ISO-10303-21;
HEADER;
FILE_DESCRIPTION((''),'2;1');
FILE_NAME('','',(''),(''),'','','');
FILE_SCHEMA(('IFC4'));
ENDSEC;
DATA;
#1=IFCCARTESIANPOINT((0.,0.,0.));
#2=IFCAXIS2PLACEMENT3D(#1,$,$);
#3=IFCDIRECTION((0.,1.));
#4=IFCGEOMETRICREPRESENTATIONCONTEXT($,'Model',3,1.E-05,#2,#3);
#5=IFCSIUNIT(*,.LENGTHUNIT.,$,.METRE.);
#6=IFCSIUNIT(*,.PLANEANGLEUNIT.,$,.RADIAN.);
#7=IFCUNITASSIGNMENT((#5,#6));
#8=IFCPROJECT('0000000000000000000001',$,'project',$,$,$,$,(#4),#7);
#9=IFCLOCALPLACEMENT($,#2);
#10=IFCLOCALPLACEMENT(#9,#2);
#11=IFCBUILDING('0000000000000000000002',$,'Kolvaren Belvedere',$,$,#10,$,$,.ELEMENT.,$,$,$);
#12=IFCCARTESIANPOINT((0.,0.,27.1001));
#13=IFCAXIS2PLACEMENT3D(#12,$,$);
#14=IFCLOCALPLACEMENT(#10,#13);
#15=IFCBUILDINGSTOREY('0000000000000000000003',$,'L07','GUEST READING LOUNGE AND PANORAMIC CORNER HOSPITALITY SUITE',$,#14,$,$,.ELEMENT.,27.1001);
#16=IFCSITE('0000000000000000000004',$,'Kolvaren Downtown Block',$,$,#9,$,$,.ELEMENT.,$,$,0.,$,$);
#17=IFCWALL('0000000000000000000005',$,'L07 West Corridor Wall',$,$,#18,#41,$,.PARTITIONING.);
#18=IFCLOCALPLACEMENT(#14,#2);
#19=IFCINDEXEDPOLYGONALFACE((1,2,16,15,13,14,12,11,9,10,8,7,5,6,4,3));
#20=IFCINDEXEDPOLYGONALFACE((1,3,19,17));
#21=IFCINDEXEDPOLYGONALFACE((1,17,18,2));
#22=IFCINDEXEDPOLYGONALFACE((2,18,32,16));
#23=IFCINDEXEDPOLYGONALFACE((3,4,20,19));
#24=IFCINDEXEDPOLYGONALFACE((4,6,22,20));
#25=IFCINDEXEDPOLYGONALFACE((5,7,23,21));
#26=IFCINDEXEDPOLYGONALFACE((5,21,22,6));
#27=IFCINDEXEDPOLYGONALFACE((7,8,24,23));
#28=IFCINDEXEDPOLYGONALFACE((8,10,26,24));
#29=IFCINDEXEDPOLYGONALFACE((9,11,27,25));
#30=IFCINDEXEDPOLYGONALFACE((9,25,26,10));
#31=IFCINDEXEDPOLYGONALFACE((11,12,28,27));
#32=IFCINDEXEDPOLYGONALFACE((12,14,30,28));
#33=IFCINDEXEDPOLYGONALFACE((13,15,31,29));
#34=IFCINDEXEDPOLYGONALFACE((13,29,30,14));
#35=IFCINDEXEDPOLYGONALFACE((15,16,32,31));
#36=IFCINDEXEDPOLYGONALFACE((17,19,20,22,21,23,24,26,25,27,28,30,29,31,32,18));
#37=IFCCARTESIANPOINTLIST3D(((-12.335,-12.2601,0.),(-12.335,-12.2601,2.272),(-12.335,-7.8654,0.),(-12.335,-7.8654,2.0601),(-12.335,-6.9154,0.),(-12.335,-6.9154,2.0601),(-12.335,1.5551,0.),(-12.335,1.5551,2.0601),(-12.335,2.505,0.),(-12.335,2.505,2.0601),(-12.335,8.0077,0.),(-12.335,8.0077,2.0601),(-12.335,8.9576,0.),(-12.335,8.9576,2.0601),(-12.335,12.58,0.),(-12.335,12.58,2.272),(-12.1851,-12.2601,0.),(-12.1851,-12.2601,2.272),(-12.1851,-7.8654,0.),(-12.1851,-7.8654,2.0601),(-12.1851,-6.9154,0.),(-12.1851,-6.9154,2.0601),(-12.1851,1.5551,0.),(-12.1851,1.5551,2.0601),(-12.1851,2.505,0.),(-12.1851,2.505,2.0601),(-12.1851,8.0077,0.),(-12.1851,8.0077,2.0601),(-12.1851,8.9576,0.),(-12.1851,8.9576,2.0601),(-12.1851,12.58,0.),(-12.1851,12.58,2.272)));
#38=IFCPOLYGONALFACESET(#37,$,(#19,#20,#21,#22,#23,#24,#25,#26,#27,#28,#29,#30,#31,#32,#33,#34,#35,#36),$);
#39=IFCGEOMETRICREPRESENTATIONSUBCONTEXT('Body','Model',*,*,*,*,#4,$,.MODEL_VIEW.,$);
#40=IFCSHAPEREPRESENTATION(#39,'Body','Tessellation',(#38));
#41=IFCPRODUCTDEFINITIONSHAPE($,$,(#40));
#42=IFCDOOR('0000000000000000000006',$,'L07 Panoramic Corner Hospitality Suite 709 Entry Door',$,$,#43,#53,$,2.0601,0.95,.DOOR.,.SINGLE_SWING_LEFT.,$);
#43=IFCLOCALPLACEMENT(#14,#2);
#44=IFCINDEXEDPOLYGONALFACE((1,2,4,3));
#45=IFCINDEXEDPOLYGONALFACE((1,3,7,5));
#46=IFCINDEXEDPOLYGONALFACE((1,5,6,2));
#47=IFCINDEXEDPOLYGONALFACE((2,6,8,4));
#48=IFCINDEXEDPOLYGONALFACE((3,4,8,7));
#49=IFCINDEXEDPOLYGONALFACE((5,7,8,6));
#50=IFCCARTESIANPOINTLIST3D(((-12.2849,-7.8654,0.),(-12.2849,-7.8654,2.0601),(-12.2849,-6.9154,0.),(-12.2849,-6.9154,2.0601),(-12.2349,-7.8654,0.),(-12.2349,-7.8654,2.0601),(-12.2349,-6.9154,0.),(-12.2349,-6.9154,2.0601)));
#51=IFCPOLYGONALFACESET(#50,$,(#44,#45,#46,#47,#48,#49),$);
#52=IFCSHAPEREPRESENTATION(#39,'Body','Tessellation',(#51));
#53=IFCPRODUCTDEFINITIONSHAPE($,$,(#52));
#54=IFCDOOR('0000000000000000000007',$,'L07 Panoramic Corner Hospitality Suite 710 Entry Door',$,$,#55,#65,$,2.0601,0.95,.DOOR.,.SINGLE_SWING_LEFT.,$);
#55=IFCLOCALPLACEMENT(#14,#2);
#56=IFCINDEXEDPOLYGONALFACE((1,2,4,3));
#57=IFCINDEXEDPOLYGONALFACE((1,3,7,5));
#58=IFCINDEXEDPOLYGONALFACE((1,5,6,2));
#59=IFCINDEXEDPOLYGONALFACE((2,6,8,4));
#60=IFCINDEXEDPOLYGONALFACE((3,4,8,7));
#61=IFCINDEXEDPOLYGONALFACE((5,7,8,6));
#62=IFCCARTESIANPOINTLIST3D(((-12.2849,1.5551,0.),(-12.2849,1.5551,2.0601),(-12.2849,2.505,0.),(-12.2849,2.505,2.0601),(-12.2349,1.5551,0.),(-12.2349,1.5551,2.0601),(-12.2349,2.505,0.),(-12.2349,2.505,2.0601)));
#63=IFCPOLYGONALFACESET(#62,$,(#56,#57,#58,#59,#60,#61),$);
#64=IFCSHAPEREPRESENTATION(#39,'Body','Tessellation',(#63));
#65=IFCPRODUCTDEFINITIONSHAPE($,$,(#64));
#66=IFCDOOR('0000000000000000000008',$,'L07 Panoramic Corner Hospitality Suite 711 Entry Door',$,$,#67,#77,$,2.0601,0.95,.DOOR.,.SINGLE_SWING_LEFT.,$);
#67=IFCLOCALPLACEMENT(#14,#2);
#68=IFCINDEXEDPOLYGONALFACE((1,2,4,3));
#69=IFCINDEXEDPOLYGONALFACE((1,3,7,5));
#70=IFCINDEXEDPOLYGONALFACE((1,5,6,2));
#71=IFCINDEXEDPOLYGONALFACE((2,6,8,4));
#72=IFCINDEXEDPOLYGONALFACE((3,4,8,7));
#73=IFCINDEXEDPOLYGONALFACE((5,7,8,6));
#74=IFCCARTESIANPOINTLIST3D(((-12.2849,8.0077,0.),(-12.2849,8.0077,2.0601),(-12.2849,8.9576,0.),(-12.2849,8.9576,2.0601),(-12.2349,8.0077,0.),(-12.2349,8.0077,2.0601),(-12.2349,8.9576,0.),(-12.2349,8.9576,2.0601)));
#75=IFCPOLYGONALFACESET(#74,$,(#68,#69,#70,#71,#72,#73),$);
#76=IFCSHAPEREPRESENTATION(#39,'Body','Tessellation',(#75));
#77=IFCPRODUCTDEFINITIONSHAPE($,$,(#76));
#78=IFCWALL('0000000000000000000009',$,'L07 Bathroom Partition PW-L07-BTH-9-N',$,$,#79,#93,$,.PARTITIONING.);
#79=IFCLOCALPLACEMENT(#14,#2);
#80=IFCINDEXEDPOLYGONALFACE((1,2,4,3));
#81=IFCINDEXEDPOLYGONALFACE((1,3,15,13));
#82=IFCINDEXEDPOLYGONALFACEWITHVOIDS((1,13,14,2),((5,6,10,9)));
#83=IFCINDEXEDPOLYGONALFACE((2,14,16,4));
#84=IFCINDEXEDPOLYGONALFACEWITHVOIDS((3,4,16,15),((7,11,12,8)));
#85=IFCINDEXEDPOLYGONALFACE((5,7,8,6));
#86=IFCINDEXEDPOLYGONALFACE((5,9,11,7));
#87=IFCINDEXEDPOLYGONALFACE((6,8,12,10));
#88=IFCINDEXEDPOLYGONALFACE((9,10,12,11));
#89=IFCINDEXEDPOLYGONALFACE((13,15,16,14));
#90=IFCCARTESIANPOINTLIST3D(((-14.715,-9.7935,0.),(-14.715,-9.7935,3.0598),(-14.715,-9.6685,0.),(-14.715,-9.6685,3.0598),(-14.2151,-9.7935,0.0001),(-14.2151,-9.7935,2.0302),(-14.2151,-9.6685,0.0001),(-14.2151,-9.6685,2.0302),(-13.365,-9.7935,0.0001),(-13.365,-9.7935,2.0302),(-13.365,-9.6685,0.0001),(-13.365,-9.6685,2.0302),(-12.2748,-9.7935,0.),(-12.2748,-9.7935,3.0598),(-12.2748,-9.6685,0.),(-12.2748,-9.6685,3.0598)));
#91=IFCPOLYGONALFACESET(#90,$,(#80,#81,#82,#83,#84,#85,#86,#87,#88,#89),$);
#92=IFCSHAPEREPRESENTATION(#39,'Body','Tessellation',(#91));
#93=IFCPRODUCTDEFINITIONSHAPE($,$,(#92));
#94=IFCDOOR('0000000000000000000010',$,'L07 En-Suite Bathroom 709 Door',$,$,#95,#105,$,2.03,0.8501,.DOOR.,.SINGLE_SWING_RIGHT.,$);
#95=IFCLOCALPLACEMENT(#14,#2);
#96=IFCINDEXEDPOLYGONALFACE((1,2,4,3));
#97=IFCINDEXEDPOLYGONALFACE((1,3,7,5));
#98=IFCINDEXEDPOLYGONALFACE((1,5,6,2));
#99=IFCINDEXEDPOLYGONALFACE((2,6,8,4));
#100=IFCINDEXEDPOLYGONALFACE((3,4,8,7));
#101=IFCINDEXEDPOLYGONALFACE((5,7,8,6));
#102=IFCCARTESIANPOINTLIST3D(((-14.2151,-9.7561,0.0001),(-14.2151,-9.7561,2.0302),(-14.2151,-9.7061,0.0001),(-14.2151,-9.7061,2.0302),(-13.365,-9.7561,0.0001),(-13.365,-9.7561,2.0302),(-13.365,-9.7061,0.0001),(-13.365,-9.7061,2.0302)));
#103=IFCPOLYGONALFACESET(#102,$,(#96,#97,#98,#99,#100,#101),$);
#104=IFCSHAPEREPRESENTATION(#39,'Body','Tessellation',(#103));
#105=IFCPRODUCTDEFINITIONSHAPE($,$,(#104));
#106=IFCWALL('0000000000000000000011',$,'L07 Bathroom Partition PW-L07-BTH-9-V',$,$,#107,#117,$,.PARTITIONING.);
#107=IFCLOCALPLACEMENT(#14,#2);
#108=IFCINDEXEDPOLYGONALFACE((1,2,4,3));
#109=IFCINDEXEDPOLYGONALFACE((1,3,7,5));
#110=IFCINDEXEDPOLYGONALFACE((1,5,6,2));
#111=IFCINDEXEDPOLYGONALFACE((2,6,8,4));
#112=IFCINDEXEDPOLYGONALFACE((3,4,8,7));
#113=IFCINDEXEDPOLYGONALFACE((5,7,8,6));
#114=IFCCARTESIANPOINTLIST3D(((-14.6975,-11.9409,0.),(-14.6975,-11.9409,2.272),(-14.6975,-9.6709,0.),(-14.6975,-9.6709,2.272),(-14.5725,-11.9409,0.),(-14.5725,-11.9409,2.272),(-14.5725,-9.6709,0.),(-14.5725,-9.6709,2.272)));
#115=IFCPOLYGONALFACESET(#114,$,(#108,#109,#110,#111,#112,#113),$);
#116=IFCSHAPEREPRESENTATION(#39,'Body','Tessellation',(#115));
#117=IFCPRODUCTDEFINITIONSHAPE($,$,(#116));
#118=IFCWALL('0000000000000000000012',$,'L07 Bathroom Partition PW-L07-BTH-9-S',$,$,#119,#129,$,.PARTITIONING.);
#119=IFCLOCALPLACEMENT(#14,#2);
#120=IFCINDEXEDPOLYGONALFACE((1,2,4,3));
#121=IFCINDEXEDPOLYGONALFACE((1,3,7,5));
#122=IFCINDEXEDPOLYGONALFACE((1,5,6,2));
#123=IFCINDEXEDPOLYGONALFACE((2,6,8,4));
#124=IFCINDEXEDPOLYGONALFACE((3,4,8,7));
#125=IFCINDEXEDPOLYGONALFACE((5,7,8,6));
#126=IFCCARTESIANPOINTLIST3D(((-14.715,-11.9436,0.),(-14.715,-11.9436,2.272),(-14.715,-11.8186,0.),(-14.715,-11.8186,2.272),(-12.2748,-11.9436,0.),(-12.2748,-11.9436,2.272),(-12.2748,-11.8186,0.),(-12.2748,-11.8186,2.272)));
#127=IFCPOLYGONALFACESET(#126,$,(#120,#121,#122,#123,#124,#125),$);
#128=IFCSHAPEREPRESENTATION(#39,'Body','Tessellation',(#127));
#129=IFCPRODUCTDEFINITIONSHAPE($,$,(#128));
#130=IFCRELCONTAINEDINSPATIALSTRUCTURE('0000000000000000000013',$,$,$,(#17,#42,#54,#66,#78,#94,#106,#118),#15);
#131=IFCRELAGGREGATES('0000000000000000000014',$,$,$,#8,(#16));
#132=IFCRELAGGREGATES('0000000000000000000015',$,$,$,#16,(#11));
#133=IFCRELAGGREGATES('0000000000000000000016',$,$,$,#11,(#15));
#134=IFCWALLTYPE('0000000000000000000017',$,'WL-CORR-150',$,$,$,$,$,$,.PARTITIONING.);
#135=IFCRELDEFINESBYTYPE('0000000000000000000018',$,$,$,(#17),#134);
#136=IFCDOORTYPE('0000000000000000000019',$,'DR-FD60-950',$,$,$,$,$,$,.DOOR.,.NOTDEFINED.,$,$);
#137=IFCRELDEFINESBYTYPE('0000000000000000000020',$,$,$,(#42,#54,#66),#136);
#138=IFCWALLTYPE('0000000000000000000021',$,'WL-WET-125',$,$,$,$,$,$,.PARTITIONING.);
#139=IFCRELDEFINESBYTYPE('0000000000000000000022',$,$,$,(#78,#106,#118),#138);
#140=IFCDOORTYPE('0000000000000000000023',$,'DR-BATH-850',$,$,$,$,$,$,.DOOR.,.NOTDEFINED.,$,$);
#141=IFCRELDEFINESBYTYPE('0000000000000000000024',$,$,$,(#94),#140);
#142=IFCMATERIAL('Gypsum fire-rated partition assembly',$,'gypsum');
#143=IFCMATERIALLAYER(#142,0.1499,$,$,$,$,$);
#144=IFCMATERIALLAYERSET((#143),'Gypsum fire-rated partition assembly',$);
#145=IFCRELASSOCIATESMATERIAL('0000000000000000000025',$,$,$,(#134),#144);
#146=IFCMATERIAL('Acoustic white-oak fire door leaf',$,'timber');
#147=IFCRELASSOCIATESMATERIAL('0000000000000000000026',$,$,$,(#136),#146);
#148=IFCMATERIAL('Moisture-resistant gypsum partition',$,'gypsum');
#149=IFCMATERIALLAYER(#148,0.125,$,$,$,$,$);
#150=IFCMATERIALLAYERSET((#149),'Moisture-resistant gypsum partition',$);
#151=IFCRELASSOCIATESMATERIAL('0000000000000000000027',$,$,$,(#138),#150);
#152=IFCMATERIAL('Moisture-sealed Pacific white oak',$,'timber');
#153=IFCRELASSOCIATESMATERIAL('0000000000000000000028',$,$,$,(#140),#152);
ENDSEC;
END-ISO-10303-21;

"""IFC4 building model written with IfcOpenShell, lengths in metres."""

from ifc_helpers import new_model, si_unit, direction, frame, frame_2d, origin, place, context, subcontext, project, spatial, rectangle, extrude, material, layer, layer_set, type_object, element, fill, save


model = new_model("IFC4")

# Units and contexts
model_context = context("Model", 3, precision=1e-05, world=origin(), true_north=direction((0.0, 1.0)))
body_context = subcontext(model_context, "Body", "Model", "MODEL_VIEW")
ifc_project = project(units=[si_unit("LENGTHUNIT", "METRE"), si_unit("PLANEANGLEUNIT", "RADIAN")], contexts=[model_context])

# Site, building, storey
site_placement = place(None, origin())
site = spatial("IfcSite", under=ifc_project, at=site_placement, Name="Kolvaren Downtown Block", CompositionType="ELEMENT", RefElevation=0.0)
building_placement = place(site_placement, origin())
building = spatial("IfcBuilding", under=site, at=building_placement, Name="Kolvaren Belvedere", CompositionType="ELEMENT")
storey_placement = place(building_placement, frame((0.0, 0.0, 27.1001)))
storey = spatial("IfcBuildingStorey", under=building, at=storey_placement, Name="L07", Description="GUEST READING LOUNGE AND PANORAMIC CORNER HOSPITALITY SUITE", CompositionType="ELEMENT", Elevation=27.1001)

# Wall, openings, doors
ifc_material_1 = material(Name="Gypsum fire-rated partition assembly", Category="gypsum")
ifc_layer_1 = layer(ifc_material_1, 0.1499)
ifc_layer_set_1 = layer_set([ifc_layer_1], Name="Gypsum fire-rated partition assembly")
wall_type_1 = type_object("IfcWallType", Name="WL-CORR-150", PredefinedType="PARTITIONING", material=ifc_layer_set_1)
wall_1_placement = place(storey_placement, frame((-12.26, -12.26, 0.0), z_axis=(0.0, 0.0, 1.0), x_axis=(0.0, 1.0, 0.0)))
wall_1 = element("IfcWall", 1, at=wall_1_placement, inside=storey, type_object=wall_type_1, Name="L07 West Corridor Wall", PredefinedType="PARTITIONING", context=body_context, shape_type="SweptSolid", body=[
    extrude(rectangle(XDim=24.8401, YDim=0.1499, at=frame_2d((12.4199, 0.0))), origin(), (0.0, 0.0, 1.0), 2.272),
])
opening_1_placement = place(wall_1_placement, frame((4.3945, 0.0, 0.0)))
opening_1 = element("IfcOpeningElement", 2, at=opening_1_placement, cuts=wall_1, PredefinedType="OPENING", context=body_context, shape_type="SweptSolid", body=[
    extrude(rectangle(XDim=0.95, YDim=2.0601, at=frame_2d((0.4751, 1.03))), frame((0.0, 0.085, 0.0), z_axis=(0.0, -1.0, 0.0), x_axis=(1.0, 0.0, 0.0)), (0.0, 0.0, 1.0), 0.1699),
])
opening_2_placement = place(wall_1_placement, frame((13.8149, 0.0, 0.0)))
opening_2 = element("IfcOpeningElement", 3, at=opening_2_placement, cuts=wall_1, PredefinedType="OPENING", context=body_context, shape_type="SweptSolid", body=[
    extrude(rectangle(XDim=0.95, YDim=2.0601, at=frame_2d((0.4751, 1.03))), frame((0.0, 0.085, 0.0), z_axis=(0.0, -1.0, 0.0), x_axis=(1.0, 0.0, 0.0)), (0.0, 0.0, 1.0), 0.1699),
])
opening_3_placement = place(wall_1_placement, frame((20.2676, 0.0, 0.0)))
opening_3 = element("IfcOpeningElement", 4, at=opening_3_placement, cuts=wall_1, PredefinedType="OPENING", context=body_context, shape_type="SweptSolid", body=[
    extrude(rectangle(XDim=0.95, YDim=2.0601, at=frame_2d((0.4751, 1.03))), frame((0.0, 0.085, 0.0), z_axis=(0.0, -1.0, 0.0), x_axis=(1.0, 0.0, 0.0)), (0.0, 0.0, 1.0), 0.1699),
])
ifc_material_2 = material(Name="Acoustic white-oak fire door leaf", Category="timber")
door_type_1 = type_object("IfcDoorType", Name="DR-FD60-950", OperationType="NOTDEFINED", PredefinedType="DOOR", material=ifc_material_2)
door_1_placement = place(opening_1_placement, origin())
door_1 = element("IfcDoor", 5, at=door_1_placement, inside=storey, type_object=door_type_1, Name="L07 Panoramic Corner Hospitality Suite 709 Entry Door", OperationType="SINGLE_SWING_LEFT", OverallHeight=2.0601, OverallWidth=0.95, PredefinedType="DOOR", context=body_context, shape_type="SweptSolid", body=[
    extrude(rectangle(XDim=0.95, YDim=2.0601, at=frame_2d((0.4751, 1.03))), frame((0.0, 0.0249, 0.0), z_axis=(0.0, -1.0, 0.0), x_axis=(1.0, 0.0, 0.0)), (0.0, 0.0, 1.0), 0.05),
])
fill(opening_1, door_1)
door_2_placement = place(opening_2_placement, origin())
door_2 = element("IfcDoor", 6, at=door_2_placement, inside=storey, type_object=door_type_1, Name="L07 Panoramic Corner Hospitality Suite 710 Entry Door", OperationType="SINGLE_SWING_LEFT", OverallHeight=2.0601, OverallWidth=0.95, PredefinedType="DOOR", context=body_context, shape_type="SweptSolid", body=[
    extrude(rectangle(XDim=0.95, YDim=2.0601, at=frame_2d((0.4751, 1.03))), frame((0.0, 0.0249, 0.0), z_axis=(0.0, -1.0, 0.0), x_axis=(1.0, 0.0, 0.0)), (0.0, 0.0, 1.0), 0.05),
])
fill(opening_2, door_2)
door_3_placement = place(opening_3_placement, origin())
door_3 = element("IfcDoor", 7, at=door_3_placement, inside=storey, type_object=door_type_1, Name="L07 Panoramic Corner Hospitality Suite 711 Entry Door", OperationType="SINGLE_SWING_LEFT", OverallHeight=2.0601, OverallWidth=0.95, PredefinedType="DOOR", context=body_context, shape_type="SweptSolid", body=[
    extrude(rectangle(XDim=0.95, YDim=2.0601, at=frame_2d((0.4751, 1.03))), frame((0.0, 0.0249, 0.0), z_axis=(0.0, -1.0, 0.0), x_axis=(1.0, 0.0, 0.0)), (0.0, 0.0, 1.0), 0.05),
])
fill(opening_3, door_3)

# Wall, opening, door
ifc_material_3 = material(Name="Moisture-resistant gypsum partition", Category="gypsum")
ifc_layer_2 = layer(ifc_material_3, 0.125)
ifc_layer_set_2 = layer_set([ifc_layer_2], Name="Moisture-resistant gypsum partition")
wall_type_2 = type_object("IfcWallType", Name="WL-WET-125", PredefinedType="PARTITIONING", material=ifc_layer_set_2)
wall_2_placement = place(storey_placement, frame((-14.7151, -9.731, 0.0), z_axis=(0.0, 0.0, 1.0), x_axis=(1.0, 0.0, 0.0)))
wall_2 = element("IfcWall", 8, at=wall_2_placement, inside=storey, type_object=wall_type_2, Name="L07 Bathroom Partition PW-L07-BTH-9-N", PredefinedType="PARTITIONING", context=body_context, shape_type="SweptSolid", body=[
    extrude(rectangle(XDim=2.4402, YDim=0.125, at=frame_2d((1.2202, 0.0))), origin(), (0.0, 0.0, 1.0), 3.0598),
])
opening_4_placement = place(wall_2_placement, frame((0.5, 0.0, 0.0)))
opening_4 = element("IfcOpeningElement", 9, at=opening_4_placement, cuts=wall_2, PredefinedType="OPENING", context=body_context, shape_type="SweptSolid", body=[
    extrude(rectangle(XDim=0.8501, YDim=2.03, at=frame_2d((0.425, 1.0151))), frame((0.0, 0.0725, 0.0), z_axis=(0.0, -1.0, 0.0), x_axis=(1.0, 0.0, 0.0)), (0.0, 0.0, 1.0), 0.145),
])
ifc_material_4 = material(Name="Moisture-sealed Pacific white oak", Category="timber")
door_type_2 = type_object("IfcDoorType", Name="DR-BATH-850", OperationType="NOTDEFINED", PredefinedType="DOOR", material=ifc_material_4)
door_4_placement = place(opening_4_placement, origin())
door_4 = element("IfcDoor", 10, at=door_4_placement, inside=storey, type_object=door_type_2, Name="L07 En-Suite Bathroom 709 Door", OperationType="SINGLE_SWING_RIGHT", OverallHeight=2.03, OverallWidth=0.8501, PredefinedType="DOOR", context=body_context, shape_type="SweptSolid", body=[
    extrude(rectangle(XDim=0.8501, YDim=2.03, at=frame_2d((0.425, 1.0151))), frame((0.0, 0.0249, 0.0), z_axis=(0.0, -1.0, 0.0), x_axis=(1.0, 0.0, 0.0)), (0.0, 0.0, 1.0), 0.05),
])
fill(opening_4, door_4)

# Walls
wall_3_placement = place(storey_placement, frame((-14.635, -11.9409, 0.0), z_axis=(0.0, 0.0, 1.0), x_axis=(0.0, 1.0, 0.0)))
element("IfcWall", 11, at=wall_3_placement, inside=storey, type_object=wall_type_2, Name="L07 Bathroom Partition PW-L07-BTH-9-V", PredefinedType="PARTITIONING", context=body_context, shape_type="SweptSolid", body=[
    extrude(rectangle(XDim=2.27, YDim=0.125, at=frame_2d((1.135, 0.0))), origin(), (0.0, 0.0, 1.0), 2.272),
])
wall_4_placement = place(storey_placement, frame((-14.7151, -11.8811, 0.0), z_axis=(0.0, 0.0, 1.0), x_axis=(1.0, 0.0, 0.0)))
element("IfcWall", 12, at=wall_4_placement, inside=storey, type_object=wall_type_2, Name="L07 Bathroom Partition PW-L07-BTH-9-S", PredefinedType="PARTITIONING", context=body_context, shape_type="SweptSolid", body=[
    extrude(rectangle(XDim=2.4402, YDim=0.125, at=frame_2d((1.2202, 0.0))), origin(), (0.0, 0.0, 1.0), 2.272),
])

save(model, "model.ifc")
